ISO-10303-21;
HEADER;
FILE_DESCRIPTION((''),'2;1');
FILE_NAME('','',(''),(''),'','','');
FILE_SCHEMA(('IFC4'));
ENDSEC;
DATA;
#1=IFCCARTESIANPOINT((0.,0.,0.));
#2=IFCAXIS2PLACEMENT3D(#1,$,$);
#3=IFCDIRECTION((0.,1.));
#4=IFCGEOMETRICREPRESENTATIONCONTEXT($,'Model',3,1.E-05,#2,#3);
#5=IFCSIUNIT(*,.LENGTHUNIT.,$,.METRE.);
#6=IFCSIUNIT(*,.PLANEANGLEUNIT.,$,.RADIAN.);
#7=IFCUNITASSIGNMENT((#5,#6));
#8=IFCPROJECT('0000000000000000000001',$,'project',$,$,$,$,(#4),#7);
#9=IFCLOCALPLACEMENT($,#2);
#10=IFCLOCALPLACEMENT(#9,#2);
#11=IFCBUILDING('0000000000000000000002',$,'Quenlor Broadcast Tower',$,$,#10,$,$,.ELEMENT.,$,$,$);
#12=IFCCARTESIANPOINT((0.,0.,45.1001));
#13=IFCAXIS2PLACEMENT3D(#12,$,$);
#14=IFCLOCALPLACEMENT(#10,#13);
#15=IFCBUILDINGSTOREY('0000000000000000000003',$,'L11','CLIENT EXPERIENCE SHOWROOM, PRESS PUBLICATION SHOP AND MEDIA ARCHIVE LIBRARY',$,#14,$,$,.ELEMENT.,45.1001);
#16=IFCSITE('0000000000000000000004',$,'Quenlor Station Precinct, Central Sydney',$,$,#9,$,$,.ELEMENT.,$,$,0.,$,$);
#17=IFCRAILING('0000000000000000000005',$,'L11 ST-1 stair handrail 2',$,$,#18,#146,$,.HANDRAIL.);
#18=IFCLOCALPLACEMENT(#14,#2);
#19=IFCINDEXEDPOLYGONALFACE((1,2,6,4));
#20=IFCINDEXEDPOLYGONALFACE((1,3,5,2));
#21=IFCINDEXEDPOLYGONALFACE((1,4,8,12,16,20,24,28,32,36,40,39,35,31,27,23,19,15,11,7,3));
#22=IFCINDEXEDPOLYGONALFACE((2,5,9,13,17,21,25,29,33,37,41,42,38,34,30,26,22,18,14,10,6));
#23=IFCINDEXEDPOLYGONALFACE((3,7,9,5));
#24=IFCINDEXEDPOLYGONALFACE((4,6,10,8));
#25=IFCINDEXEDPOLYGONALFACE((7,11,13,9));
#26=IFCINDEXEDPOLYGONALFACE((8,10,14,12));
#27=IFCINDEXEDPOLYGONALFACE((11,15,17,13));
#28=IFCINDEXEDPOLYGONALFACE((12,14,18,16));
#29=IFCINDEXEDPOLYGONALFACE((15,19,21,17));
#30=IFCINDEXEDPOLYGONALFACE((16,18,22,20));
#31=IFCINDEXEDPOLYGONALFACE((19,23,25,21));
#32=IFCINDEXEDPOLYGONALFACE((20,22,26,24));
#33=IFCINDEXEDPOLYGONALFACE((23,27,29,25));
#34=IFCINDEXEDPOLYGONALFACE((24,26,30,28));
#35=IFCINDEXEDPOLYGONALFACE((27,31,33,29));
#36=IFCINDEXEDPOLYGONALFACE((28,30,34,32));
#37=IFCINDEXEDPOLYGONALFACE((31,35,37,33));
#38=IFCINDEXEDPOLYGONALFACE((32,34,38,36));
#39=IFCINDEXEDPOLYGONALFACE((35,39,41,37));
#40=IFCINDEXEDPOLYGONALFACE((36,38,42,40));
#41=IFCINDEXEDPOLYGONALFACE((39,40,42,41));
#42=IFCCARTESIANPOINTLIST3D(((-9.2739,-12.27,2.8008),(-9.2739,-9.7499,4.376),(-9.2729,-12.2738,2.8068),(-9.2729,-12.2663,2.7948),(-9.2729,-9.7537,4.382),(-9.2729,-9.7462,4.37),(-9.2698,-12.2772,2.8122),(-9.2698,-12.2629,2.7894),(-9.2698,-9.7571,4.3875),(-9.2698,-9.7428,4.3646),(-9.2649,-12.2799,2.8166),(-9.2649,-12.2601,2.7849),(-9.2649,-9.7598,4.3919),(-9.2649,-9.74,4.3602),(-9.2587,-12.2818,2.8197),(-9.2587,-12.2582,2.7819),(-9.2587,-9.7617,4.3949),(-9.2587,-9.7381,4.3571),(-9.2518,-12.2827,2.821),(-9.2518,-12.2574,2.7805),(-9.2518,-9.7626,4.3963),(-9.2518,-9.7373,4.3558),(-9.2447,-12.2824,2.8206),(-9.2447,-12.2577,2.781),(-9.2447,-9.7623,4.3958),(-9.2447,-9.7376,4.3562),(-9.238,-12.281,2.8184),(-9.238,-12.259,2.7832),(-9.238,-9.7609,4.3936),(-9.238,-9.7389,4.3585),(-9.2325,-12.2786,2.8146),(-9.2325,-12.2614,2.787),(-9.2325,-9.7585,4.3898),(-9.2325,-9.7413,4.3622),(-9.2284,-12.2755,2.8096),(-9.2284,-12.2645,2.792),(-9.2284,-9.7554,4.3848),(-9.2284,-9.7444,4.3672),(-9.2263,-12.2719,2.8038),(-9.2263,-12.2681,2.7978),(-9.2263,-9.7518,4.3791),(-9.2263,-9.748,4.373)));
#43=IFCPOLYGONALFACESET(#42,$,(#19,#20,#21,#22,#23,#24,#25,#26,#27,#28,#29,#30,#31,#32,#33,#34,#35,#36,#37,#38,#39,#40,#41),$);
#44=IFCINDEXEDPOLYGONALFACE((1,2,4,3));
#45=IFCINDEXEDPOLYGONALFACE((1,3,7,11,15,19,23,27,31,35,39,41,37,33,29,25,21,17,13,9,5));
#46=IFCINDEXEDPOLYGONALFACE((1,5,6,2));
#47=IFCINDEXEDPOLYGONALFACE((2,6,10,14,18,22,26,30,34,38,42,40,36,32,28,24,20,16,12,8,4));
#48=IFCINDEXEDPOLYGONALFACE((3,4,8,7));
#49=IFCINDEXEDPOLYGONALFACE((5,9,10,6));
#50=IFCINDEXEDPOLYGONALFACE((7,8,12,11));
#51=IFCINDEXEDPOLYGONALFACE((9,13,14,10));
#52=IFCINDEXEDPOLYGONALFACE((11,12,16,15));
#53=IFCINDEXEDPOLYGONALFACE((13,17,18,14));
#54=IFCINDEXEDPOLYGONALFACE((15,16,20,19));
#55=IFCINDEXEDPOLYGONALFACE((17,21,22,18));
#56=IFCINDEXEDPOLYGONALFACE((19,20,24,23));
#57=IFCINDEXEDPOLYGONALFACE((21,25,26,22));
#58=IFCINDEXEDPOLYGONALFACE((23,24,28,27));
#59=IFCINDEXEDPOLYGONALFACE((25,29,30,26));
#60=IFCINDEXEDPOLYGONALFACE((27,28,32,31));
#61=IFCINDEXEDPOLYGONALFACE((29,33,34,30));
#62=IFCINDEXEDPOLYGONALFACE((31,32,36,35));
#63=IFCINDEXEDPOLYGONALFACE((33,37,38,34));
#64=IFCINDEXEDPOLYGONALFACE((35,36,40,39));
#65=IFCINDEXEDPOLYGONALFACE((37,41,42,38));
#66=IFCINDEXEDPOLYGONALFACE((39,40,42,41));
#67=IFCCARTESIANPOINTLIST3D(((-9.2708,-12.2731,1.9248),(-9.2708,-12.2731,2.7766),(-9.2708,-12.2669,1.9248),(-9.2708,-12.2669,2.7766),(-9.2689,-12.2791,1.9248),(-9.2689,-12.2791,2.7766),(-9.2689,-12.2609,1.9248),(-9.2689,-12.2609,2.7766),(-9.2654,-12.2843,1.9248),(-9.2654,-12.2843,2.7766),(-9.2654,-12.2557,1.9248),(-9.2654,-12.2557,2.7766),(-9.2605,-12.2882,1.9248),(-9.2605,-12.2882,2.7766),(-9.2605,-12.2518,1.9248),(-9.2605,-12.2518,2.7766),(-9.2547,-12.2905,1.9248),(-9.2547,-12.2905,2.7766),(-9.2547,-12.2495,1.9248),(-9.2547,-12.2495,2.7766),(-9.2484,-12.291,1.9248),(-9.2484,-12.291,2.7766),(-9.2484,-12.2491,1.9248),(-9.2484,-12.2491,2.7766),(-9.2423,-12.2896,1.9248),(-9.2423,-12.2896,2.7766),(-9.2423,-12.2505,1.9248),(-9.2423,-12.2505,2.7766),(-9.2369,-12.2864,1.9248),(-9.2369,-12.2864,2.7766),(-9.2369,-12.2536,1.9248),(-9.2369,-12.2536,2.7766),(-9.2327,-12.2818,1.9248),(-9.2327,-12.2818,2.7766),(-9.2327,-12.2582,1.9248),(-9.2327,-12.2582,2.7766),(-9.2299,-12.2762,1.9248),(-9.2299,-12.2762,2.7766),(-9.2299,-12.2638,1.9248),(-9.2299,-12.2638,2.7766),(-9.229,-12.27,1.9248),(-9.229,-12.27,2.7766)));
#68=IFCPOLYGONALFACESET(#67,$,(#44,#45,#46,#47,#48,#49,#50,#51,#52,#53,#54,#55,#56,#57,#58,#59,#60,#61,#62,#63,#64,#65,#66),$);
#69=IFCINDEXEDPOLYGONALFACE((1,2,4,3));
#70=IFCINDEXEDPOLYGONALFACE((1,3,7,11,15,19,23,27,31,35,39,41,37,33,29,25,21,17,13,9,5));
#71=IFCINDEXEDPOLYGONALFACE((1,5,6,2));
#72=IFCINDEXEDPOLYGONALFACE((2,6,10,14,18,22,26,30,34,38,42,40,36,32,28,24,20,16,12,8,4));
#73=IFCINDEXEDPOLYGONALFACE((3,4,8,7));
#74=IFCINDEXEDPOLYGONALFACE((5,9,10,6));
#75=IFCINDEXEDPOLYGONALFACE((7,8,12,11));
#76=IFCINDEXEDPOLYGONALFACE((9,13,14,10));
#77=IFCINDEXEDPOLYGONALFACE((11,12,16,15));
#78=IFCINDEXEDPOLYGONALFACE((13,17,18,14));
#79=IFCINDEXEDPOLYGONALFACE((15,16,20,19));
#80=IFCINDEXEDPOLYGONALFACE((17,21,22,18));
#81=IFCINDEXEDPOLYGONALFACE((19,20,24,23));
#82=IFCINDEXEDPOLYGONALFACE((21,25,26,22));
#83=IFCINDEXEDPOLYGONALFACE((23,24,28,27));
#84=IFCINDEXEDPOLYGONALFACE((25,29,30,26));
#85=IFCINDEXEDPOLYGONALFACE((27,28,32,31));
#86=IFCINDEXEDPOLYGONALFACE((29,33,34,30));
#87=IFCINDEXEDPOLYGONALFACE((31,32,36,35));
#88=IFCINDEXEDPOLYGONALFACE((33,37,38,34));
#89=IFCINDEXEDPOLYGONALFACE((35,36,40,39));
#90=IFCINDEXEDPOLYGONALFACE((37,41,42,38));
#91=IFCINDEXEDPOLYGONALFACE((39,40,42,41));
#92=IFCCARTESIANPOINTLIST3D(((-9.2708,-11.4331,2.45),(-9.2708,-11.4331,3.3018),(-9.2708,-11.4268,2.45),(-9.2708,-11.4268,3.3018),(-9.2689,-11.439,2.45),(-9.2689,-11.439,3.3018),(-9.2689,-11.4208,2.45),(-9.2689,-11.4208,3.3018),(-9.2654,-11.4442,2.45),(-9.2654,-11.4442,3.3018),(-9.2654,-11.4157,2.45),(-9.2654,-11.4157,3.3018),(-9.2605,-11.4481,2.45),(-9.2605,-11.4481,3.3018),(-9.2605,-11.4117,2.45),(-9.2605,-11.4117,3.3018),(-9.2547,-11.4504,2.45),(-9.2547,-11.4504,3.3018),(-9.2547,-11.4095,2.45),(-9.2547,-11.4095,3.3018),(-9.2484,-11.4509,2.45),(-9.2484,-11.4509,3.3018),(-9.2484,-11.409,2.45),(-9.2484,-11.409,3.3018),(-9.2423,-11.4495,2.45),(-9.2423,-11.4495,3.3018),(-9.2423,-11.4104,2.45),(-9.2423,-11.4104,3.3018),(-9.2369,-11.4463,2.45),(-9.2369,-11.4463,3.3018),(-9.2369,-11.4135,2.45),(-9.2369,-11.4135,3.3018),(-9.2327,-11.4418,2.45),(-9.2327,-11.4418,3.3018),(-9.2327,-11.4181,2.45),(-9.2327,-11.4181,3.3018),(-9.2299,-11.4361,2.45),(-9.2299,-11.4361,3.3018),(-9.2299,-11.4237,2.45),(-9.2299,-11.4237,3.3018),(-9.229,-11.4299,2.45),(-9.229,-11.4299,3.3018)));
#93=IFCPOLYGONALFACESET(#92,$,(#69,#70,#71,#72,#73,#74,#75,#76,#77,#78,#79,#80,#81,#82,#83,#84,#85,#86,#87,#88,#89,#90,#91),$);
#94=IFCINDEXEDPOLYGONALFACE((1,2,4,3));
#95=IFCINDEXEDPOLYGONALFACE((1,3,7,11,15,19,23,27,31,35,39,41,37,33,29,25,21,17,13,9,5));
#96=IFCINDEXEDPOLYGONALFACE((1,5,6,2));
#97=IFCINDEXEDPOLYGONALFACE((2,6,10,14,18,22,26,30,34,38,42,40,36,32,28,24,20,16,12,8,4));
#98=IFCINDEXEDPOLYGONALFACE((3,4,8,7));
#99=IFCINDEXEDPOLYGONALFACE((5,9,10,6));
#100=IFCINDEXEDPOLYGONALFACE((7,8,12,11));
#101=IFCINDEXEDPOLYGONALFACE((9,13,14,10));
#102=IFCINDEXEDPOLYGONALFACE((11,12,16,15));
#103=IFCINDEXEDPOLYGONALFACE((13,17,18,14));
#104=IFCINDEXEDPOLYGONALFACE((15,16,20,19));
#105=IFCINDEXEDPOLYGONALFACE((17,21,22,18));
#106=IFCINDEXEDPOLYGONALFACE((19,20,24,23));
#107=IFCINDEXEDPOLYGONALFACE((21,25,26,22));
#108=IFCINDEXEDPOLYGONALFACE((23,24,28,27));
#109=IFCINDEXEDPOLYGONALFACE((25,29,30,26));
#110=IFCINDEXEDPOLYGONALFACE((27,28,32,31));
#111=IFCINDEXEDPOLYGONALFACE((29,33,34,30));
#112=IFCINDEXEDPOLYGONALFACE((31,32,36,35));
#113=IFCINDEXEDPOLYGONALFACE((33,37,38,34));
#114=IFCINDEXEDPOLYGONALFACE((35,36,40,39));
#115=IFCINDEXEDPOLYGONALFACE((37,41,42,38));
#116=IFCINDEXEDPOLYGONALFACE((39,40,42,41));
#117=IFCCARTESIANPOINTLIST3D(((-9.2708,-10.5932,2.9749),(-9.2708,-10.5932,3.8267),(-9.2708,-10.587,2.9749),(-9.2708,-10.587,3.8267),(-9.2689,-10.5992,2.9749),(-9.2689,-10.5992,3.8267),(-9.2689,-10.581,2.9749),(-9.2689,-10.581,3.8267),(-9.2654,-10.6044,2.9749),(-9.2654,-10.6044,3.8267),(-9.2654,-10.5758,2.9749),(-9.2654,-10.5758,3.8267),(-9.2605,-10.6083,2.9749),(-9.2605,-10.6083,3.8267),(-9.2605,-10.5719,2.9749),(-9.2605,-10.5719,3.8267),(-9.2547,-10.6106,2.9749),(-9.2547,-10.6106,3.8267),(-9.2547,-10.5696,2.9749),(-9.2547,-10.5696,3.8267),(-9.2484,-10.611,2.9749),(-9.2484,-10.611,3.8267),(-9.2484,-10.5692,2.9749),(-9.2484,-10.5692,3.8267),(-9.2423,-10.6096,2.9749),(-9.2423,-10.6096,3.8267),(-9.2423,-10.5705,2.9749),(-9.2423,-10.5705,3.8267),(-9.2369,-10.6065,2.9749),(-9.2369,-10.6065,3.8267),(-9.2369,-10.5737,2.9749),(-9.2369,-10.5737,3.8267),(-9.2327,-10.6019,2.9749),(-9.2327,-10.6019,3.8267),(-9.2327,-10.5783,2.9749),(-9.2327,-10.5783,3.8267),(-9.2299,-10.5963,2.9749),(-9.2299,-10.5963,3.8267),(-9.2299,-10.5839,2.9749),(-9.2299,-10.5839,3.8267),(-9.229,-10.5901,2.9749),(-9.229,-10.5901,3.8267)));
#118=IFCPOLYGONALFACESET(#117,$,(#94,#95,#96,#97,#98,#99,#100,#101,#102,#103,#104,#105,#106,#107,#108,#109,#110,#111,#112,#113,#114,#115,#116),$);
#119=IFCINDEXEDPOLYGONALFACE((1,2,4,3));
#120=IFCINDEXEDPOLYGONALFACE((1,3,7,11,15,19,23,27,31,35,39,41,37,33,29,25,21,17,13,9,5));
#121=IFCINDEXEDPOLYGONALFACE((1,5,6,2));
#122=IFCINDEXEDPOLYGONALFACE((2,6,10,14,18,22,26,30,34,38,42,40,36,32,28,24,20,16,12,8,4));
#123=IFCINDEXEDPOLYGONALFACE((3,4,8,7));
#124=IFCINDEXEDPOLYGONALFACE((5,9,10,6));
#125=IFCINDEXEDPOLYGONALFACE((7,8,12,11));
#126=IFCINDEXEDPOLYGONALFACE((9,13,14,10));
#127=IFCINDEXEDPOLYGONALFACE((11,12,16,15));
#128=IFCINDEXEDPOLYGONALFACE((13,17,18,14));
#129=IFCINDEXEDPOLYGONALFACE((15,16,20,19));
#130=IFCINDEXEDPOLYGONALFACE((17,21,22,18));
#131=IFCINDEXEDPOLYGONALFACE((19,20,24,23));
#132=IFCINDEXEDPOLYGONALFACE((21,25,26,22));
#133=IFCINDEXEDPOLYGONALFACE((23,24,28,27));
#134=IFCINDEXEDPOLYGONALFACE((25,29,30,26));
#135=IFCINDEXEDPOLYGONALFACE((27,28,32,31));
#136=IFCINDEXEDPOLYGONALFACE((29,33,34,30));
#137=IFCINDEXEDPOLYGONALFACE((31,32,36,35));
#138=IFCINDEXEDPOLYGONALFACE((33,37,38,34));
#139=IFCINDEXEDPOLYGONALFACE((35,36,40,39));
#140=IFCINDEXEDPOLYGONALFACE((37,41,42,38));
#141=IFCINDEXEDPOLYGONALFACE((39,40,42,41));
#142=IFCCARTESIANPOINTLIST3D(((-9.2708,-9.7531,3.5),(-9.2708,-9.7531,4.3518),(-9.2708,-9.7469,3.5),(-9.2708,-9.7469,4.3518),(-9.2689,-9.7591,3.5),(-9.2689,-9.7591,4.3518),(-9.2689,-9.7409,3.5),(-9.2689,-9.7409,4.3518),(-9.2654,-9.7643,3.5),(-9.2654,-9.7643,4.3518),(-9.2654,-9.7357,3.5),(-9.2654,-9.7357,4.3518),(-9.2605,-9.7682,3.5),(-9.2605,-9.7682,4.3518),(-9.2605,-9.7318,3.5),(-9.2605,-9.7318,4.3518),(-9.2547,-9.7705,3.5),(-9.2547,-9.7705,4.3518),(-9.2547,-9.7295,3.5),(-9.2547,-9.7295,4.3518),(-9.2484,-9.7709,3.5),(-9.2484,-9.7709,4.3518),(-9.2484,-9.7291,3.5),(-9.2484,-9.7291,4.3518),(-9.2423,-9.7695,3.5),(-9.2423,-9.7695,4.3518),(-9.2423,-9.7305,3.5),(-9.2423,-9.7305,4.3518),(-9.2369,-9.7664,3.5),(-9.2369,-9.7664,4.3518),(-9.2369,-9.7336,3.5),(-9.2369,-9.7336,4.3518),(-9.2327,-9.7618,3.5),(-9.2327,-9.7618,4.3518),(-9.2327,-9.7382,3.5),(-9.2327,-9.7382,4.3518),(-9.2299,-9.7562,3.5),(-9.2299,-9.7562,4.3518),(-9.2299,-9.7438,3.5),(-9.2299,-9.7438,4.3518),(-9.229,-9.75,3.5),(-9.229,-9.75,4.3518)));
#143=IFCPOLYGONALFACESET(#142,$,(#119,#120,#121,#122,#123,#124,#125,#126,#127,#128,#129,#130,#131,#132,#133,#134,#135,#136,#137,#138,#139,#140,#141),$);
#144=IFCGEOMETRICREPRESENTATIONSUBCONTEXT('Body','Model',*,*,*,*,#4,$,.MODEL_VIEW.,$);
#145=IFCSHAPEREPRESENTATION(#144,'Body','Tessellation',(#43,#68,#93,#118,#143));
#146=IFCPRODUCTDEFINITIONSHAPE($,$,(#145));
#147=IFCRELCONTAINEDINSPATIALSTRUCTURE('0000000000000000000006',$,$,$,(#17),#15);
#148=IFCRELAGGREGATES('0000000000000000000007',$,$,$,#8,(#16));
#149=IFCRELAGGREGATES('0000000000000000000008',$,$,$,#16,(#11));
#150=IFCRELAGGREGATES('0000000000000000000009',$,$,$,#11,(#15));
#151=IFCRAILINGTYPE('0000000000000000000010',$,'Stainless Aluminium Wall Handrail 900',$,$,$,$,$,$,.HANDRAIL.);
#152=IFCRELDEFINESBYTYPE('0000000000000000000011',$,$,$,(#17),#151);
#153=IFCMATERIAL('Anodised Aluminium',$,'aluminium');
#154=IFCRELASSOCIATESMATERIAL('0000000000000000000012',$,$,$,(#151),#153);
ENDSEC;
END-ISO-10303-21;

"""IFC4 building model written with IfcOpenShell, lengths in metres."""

from ifc_helpers import new_model, si_unit, direction, frame, origin, origin_2d, place, context, subcontext, project, spatial, circle, extrude, material, type_object, element, save


model = new_model("IFC4")

# Units and contexts
model_context = context("Model", 3, precision=1e-05, world=origin(), true_north=direction((0.0, 1.0)))
body_context = subcontext(model_context, "Body", "Model", "MODEL_VIEW")
ifc_project = project(units=[si_unit("LENGTHUNIT", "METRE"), si_unit("PLANEANGLEUNIT", "RADIAN")], contexts=[model_context])

# Site, building, storey
site_placement = place(None, origin())
site = spatial("IfcSite", under=ifc_project, at=site_placement, Name="Quenlor Station Precinct, Central Sydney", CompositionType="ELEMENT", RefElevation=0.0)
building_placement = place(site_placement, origin())
building = spatial("IfcBuilding", under=site, at=building_placement, Name="Quenlor Broadcast Tower", CompositionType="ELEMENT")
storey_placement = place(building_placement, frame((0.0, 0.0, 45.1001)))
storey = spatial("IfcBuildingStorey", under=building, at=storey_placement, Name="L11", Description="CLIENT EXPERIENCE SHOWROOM, PRESS PUBLICATION SHOP AND MEDIA ARCHIVE LIBRARY", CompositionType="ELEMENT", Elevation=45.1001)

# Railing
ifc_material_1 = material(Name="Anodised Aluminium", Category="aluminium")
railing_type_1 = type_object("IfcRailingType", Name="Stainless Aluminium Wall Handrail 900", PredefinedType="HANDRAIL", material=ifc_material_1)
railing_1_placement = place(storey_placement, frame((-9.25, -12.27, 1.9248)))
element("IfcRailing", 1, at=railing_1_placement, inside=storey, type_object=railing_type_1, Name="L11 ST-1 stair handrail 2", PredefinedType="HANDRAIL", context=body_context, shape_type="SweptSolid", body=[
    extrude(circle(Radius=0.0239, at=origin_2d()), frame((0.0, 0.0, 0.876), z_axis=(0.0, 0.847971, 0.530043), x_axis=(-1.0, 0.0, 0.0)), (0.0, 0.0, 1.0), 2.9719),
    extrude(circle(Radius=0.021, at=origin_2d()), origin(), (0.0, 0.0, 1.0), 0.8518),
    extrude(circle(Radius=0.021, at=origin_2d()), frame((0.0, 0.8401, 0.5251)), (0.0, 0.0, 1.0), 0.8518),
    extrude(circle(Radius=0.021, at=origin_2d()), frame((0.0, 1.6799, 1.05)), (0.0, 0.0, 1.0), 0.8518),
    extrude(circle(Radius=0.021, at=origin_2d()), frame((0.0, 2.52, 1.5752)), (0.0, 0.0, 1.0), 0.8518),
])

save(model, "model.ifc")
